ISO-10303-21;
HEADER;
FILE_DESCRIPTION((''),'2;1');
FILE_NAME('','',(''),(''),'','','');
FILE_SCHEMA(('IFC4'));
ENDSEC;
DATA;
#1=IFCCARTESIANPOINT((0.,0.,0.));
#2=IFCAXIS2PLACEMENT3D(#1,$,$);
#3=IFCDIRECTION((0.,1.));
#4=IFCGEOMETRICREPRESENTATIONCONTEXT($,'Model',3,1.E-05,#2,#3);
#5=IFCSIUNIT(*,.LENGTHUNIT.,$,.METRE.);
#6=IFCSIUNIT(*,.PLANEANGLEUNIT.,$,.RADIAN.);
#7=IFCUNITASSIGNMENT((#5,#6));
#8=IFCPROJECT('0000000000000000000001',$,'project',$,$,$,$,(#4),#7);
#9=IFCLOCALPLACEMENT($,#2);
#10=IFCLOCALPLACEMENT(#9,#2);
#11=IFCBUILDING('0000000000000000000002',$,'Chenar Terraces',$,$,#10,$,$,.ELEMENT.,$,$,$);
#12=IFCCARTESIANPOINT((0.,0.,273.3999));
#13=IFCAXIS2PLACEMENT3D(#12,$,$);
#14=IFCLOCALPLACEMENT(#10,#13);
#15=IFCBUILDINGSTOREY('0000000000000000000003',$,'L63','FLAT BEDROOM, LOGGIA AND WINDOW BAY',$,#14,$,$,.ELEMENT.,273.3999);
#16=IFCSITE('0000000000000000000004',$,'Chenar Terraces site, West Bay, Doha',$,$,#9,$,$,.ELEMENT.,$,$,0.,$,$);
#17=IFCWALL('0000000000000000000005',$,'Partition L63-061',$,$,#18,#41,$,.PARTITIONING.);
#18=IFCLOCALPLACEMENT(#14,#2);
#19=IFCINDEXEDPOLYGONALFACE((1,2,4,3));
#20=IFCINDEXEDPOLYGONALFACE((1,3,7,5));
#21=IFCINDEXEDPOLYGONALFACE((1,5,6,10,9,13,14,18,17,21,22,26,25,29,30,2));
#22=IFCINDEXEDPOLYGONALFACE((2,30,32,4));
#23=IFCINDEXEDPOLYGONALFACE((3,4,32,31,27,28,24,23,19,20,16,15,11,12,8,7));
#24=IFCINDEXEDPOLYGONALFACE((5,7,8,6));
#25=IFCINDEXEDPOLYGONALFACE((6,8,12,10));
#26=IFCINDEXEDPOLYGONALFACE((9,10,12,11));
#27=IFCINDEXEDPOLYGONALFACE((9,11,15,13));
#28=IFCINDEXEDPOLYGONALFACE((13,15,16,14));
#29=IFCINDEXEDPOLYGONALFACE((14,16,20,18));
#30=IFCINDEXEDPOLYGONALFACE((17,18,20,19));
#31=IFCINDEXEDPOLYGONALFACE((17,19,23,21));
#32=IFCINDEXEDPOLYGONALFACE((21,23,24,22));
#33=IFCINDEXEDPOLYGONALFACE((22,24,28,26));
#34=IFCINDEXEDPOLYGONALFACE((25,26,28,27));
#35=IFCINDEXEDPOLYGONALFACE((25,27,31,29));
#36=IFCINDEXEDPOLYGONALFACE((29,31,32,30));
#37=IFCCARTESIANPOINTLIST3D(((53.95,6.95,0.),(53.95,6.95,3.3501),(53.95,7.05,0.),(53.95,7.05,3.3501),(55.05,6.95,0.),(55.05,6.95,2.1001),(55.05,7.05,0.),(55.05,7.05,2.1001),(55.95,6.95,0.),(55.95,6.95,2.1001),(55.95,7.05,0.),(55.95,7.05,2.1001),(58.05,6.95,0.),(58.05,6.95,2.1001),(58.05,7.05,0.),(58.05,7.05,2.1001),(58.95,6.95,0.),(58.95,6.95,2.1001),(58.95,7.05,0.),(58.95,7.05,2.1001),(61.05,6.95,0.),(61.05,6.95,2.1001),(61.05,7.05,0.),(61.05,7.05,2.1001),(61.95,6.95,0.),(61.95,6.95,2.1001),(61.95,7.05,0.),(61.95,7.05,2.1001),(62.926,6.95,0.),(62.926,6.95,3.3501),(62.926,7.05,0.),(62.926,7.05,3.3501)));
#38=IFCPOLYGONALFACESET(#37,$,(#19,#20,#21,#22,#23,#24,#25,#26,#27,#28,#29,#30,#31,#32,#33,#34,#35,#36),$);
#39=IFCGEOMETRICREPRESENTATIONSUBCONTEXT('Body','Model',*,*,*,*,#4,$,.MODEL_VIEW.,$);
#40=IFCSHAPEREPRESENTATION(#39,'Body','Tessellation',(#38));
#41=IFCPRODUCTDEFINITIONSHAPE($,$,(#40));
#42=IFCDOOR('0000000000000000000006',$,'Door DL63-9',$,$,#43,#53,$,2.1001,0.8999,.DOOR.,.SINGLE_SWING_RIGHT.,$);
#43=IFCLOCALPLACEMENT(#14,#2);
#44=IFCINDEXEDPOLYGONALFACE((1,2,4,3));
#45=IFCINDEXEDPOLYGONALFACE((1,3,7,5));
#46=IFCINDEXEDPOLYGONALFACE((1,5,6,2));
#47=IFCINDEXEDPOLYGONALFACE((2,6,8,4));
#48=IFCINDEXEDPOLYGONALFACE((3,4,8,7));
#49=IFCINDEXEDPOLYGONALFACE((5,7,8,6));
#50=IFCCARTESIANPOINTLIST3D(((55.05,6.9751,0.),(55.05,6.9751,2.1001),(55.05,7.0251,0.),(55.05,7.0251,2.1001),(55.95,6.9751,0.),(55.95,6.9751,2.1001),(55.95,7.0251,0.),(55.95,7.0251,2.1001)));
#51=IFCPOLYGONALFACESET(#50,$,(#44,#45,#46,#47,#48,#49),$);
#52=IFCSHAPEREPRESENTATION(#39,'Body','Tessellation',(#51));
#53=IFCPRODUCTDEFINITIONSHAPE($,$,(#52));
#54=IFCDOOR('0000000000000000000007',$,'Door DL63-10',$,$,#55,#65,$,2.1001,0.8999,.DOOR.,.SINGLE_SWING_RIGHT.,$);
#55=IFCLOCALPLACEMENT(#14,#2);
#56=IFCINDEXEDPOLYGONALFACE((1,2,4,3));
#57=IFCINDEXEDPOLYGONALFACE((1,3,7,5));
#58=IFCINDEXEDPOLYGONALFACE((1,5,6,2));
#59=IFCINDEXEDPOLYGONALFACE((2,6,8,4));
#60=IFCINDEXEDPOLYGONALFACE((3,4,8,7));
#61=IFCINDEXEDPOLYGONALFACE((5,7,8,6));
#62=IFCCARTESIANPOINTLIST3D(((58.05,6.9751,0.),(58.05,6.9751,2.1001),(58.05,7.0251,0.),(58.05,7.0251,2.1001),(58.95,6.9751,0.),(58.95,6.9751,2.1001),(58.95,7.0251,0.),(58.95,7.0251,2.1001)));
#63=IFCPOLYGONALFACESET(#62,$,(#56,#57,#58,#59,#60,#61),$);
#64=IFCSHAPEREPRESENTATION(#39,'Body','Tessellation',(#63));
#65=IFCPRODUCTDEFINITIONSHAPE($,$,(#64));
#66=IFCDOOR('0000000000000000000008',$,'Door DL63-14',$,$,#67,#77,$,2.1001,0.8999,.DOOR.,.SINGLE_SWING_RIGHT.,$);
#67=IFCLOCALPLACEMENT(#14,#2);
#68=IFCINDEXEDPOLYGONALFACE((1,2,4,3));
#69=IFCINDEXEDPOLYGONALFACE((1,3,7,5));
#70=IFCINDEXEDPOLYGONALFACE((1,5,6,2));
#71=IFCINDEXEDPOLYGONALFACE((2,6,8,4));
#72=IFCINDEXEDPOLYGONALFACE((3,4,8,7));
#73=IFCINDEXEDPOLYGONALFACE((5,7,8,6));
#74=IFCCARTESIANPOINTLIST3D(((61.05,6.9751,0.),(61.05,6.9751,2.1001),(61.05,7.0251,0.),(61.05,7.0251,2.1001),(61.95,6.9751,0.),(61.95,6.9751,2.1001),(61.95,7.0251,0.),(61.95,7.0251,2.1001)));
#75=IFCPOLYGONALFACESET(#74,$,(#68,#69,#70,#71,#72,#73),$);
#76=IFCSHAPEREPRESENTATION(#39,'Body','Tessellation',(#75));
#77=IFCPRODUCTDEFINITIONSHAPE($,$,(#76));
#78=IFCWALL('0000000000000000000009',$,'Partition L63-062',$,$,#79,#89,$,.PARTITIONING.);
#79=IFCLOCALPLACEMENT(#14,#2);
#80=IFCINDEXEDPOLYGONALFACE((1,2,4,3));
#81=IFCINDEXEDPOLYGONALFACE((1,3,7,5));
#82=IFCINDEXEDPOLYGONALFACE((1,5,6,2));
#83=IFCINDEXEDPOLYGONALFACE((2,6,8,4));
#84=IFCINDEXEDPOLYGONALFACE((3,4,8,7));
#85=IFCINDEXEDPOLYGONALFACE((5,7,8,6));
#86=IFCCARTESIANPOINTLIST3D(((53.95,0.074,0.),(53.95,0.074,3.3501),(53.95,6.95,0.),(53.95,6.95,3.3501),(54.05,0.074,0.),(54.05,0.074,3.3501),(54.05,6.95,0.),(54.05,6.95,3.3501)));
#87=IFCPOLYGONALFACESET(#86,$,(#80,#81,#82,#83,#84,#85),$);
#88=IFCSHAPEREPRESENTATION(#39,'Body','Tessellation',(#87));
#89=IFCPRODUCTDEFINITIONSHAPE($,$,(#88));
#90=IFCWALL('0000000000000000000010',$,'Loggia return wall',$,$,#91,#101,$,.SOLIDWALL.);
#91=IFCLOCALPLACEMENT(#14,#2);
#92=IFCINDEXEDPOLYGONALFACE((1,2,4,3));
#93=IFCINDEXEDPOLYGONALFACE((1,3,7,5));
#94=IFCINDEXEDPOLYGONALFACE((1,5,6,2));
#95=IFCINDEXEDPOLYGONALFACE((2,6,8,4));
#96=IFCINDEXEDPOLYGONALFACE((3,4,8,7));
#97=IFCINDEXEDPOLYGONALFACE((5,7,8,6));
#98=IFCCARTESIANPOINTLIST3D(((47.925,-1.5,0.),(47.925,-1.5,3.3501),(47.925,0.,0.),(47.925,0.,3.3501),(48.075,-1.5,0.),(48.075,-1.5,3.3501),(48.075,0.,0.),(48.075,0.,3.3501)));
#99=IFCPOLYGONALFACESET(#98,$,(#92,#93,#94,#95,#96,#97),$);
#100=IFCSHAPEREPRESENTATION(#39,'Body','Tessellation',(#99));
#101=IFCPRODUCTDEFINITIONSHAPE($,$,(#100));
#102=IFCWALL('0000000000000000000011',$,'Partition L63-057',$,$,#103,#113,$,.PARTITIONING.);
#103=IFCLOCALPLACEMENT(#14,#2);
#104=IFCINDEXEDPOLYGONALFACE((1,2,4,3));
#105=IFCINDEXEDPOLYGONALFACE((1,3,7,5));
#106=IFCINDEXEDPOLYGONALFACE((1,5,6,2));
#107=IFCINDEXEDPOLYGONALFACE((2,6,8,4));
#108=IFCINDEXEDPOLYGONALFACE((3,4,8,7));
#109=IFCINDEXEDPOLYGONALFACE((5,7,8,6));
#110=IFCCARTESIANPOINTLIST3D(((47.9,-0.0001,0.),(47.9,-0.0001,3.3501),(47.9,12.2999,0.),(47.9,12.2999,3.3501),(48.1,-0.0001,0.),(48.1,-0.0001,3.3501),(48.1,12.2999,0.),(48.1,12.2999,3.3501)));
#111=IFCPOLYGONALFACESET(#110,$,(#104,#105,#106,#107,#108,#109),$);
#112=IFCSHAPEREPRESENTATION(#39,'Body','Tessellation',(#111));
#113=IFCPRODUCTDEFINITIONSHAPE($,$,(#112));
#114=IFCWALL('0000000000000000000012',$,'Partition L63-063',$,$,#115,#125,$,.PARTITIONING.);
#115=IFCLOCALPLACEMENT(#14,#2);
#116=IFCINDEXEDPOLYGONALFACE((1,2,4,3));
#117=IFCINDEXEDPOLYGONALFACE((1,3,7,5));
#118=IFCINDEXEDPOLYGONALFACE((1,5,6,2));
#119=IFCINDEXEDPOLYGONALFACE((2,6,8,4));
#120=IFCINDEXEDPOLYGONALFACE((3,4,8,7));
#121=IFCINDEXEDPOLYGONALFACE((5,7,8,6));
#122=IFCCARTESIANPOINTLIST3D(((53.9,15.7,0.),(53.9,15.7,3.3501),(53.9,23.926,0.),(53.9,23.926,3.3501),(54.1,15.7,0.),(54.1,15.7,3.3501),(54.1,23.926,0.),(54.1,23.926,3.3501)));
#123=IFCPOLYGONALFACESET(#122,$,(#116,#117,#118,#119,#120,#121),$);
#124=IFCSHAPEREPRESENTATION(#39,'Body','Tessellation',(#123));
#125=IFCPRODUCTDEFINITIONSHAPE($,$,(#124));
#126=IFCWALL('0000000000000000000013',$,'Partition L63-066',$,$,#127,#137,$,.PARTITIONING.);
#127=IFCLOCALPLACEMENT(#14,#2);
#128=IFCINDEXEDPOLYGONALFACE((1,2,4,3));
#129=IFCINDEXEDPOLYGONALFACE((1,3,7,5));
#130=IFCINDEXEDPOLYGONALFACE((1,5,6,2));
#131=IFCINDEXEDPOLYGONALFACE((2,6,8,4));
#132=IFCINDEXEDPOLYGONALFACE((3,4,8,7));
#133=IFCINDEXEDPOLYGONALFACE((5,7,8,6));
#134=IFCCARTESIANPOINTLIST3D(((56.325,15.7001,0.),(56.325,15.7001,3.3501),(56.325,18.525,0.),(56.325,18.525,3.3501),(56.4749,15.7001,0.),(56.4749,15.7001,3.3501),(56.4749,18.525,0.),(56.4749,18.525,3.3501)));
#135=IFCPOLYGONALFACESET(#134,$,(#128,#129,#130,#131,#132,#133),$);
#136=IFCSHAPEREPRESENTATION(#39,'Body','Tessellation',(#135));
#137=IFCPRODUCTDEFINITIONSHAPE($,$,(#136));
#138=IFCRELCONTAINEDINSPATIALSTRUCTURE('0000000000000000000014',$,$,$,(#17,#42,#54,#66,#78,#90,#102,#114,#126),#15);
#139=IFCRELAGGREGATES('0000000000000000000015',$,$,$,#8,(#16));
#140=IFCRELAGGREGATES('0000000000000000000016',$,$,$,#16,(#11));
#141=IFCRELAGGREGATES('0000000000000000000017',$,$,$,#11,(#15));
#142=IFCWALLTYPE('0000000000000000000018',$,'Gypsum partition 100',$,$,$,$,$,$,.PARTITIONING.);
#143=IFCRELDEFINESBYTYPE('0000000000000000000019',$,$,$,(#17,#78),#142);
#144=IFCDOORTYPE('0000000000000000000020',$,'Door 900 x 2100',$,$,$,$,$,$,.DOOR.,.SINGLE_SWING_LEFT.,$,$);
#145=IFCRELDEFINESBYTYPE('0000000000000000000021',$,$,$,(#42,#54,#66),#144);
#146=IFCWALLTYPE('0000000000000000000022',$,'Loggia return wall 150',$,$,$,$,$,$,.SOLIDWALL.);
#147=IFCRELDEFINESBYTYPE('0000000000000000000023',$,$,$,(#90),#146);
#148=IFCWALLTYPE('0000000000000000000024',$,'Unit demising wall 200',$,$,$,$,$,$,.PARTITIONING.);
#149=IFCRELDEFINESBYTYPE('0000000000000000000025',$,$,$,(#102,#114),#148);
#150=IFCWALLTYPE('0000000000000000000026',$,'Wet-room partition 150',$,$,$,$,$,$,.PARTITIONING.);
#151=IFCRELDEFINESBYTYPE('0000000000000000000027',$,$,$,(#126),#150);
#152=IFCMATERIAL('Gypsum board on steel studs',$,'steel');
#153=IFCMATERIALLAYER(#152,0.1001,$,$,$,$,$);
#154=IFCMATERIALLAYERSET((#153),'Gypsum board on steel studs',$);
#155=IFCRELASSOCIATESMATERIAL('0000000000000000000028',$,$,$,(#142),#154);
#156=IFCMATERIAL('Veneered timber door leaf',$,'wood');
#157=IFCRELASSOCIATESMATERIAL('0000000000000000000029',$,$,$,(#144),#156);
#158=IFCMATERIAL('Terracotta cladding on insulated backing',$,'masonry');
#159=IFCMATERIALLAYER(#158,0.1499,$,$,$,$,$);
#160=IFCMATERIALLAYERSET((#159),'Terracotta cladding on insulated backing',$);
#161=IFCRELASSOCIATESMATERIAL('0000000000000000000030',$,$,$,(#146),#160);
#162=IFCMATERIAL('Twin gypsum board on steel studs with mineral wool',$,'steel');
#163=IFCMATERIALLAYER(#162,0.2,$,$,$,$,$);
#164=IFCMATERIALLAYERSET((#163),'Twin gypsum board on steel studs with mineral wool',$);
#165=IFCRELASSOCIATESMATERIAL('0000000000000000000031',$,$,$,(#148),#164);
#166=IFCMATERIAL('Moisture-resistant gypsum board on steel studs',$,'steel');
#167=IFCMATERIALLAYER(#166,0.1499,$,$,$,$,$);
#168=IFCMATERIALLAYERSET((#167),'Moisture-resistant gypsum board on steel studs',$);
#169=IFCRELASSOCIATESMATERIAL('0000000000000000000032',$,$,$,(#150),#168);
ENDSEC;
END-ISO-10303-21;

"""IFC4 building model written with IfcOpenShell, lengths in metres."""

from ifc_helpers import new_model, si_unit, direction, frame, frame_2d, origin, place, context, subcontext, project, spatial, rectangle, extrude, material, layer, layer_set, type_object, element, fill, save


model = new_model("IFC4")

# Units and contexts
model_context = context("Model", 3, precision=1e-05, world=origin(), true_north=direction((0.0, 1.0)))
body_context = subcontext(model_context, "Body", "Model", "MODEL_VIEW")
ifc_project = project(units=[si_unit("LENGTHUNIT", "METRE"), si_unit("PLANEANGLEUNIT", "RADIAN")], contexts=[model_context])

# Site, building, storey
site_placement = place(None, origin())
site = spatial("IfcSite", under=ifc_project, at=site_placement, Name="Chenar Terraces site, West Bay, Doha", CompositionType="ELEMENT", RefElevation=0.0)
building_placement = place(site_placement, origin())
building = spatial("IfcBuilding", under=site, at=building_placement, Name="Chenar Terraces", CompositionType="ELEMENT")
storey_placement = place(building_placement, frame((0.0, 0.0, 273.3999)))
storey = spatial("IfcBuildingStorey", under=building, at=storey_placement, Name="L63", Description="FLAT BEDROOM, LOGGIA AND WINDOW BAY", CompositionType="ELEMENT", Elevation=273.3999)

# Shared definitions
ifc_material_1 = material(Name="Gypsum board on steel studs", Category="steel")
ifc_layer_1 = layer(ifc_material_1, 0.1001)
ifc_layer_set_1 = layer_set([ifc_layer_1], Name="Gypsum board on steel studs")
wall_type_1 = type_object("IfcWallType", Name="Gypsum partition 100", PredefinedType="PARTITIONING", material=ifc_layer_set_1)

# Shared definitions
ifc_material_2 = material(Name="Veneered timber door leaf", Category="wood")
door_type_1 = type_object("IfcDoorType", Name="Door 900 x 2100", OperationType="SINGLE_SWING_LEFT", PredefinedType="DOOR", material=ifc_material_2)

# Wall, openings, doors
wall_1_placement = place(storey_placement, frame((53.95, 7.0, 0.0), z_axis=(0.0, 0.0, 1.0), x_axis=(1.0, 0.0, 0.0)))
wall_1 = element("IfcWall", 1, at=wall_1_placement, inside=storey, type_object=wall_type_1, Name="Partition L63-061", PredefinedType="PARTITIONING", context=body_context, shape_type="SweptSolid", body=[
    extrude(rectangle(XDim=8.9761, YDim=0.1001, at=frame_2d((4.488, 0.0))), origin(), (0.0, 0.0, 1.0), 3.3501),
])
opening_1_placement = place(wall_1_placement, frame((1.1001, 0.0, 0.0)))
opening_1 = element("IfcOpeningElement", 2, at=opening_1_placement, cuts=wall_1, PredefinedType="OPENING", context=body_context, shape_type="SweptSolid", body=[
    extrude(rectangle(XDim=0.8999, YDim=2.1001, at=frame_2d((0.45, 1.05))), frame((0.0, 0.0601, 0.0), z_axis=(0.0, -1.0, 0.0), x_axis=(1.0, 0.0, 0.0)), (0.0, 0.0, 1.0), 0.1201),
])
opening_2_placement = place(wall_1_placement, frame((4.1001, 0.0, 0.0)))
opening_2 = element("IfcOpeningElement", 3, at=opening_2_placement, cuts=wall_1, PredefinedType="OPENING", context=body_context, shape_type="SweptSolid", body=[
    extrude(rectangle(XDim=0.8999, YDim=2.1001, at=frame_2d((0.45, 1.05))), frame((0.0, 0.0601, 0.0), z_axis=(0.0, -1.0, 0.0), x_axis=(1.0, 0.0, 0.0)), (0.0, 0.0, 1.0), 0.1201),
])
opening_3_placement = place(wall_1_placement, frame((7.1001, 0.0, 0.0)))
opening_3 = element("IfcOpeningElement", 4, at=opening_3_placement, cuts=wall_1, PredefinedType="OPENING", context=body_context, shape_type="SweptSolid", body=[
    extrude(rectangle(XDim=0.8999, YDim=2.1001, at=frame_2d((0.45, 1.05))), frame((0.0, 0.0601, 0.0), z_axis=(0.0, -1.0, 0.0), x_axis=(1.0, 0.0, 0.0)), (0.0, 0.0, 1.0), 0.1201),
])
door_1_placement = place(opening_1_placement, frame((0.8999, 0.0, 0.0), z_axis=(0.0, 0.0, 1.0), x_axis=(-1.0, 0.0, 0.0)))
door_1 = element("IfcDoor", 5, at=door_1_placement, inside=storey, type_object=door_type_1, Name="Door DL63-9", OperationType="SINGLE_SWING_RIGHT", OverallHeight=2.1001, OverallWidth=0.8999, PredefinedType="DOOR", context=body_context, shape_type="SweptSolid", body=[
    extrude(rectangle(XDim=0.8999, YDim=2.1001, at=frame_2d((0.45, 1.05))), frame((0.0, 0.0249, 0.0), z_axis=(0.0, -1.0, 0.0), x_axis=(1.0, 0.0, 0.0)), (0.0, 0.0, 1.0), 0.05),
])
fill(opening_1, door_1)
door_2_placement = place(opening_2_placement, frame((0.8999, 0.0, 0.0), z_axis=(0.0, 0.0, 1.0), x_axis=(-1.0, 0.0, 0.0)))
door_2 = element("IfcDoor", 6, at=door_2_placement, inside=storey, type_object=door_type_1, Name="Door DL63-10", OperationType="SINGLE_SWING_RIGHT", OverallHeight=2.1001, OverallWidth=0.8999, PredefinedType="DOOR", context=body_context, shape_type="SweptSolid", body=[
    extrude(rectangle(XDim=0.8999, YDim=2.1001, at=frame_2d((0.45, 1.05))), frame((0.0, 0.0249, 0.0), z_axis=(0.0, -1.0, 0.0), x_axis=(1.0, 0.0, 0.0)), (0.0, 0.0, 1.0), 0.05),
])
fill(opening_2, door_2)
door_3_placement = place(opening_3_placement, frame((0.8999, 0.0, 0.0), z_axis=(0.0, 0.0, 1.0), x_axis=(-1.0, 0.0, 0.0)))
door_3 = element("IfcDoor", 7, at=door_3_placement, inside=storey, type_object=door_type_1, Name="Door DL63-14", OperationType="SINGLE_SWING_RIGHT", OverallHeight=2.1001, OverallWidth=0.8999, PredefinedType="DOOR", context=body_context, shape_type="SweptSolid", body=[
    extrude(rectangle(XDim=0.8999, YDim=2.1001, at=frame_2d((0.45, 1.05))), frame((0.0, 0.0249, 0.0), z_axis=(0.0, -1.0, 0.0), x_axis=(1.0, 0.0, 0.0)), (0.0, 0.0, 1.0), 0.05),
])
fill(opening_3, door_3)

# Walls
wall_2_placement = place(storey_placement, frame((54.0, 0.074, 0.0), z_axis=(0.0, 0.0, 1.0), x_axis=(0.0, 1.0, 0.0)))
element("IfcWall", 8, at=wall_2_placement, inside=storey, type_object=wall_type_1, Name="Partition L63-062", PredefinedType="PARTITIONING", context=body_context, shape_type="SweptSolid", body=[
    extrude(rectangle(XDim=6.876, YDim=0.1001, at=frame_2d((3.438, 0.0))), origin(), (0.0, 0.0, 1.0), 3.3501),
])
ifc_material_3 = material(Name="Terracotta cladding on insulated backing", Category="masonry")
ifc_layer_2 = layer(ifc_material_3, 0.1499)
ifc_layer_set_2 = layer_set([ifc_layer_2], Name="Terracotta cladding on insulated backing")
wall_type_2 = type_object("IfcWallType", Name="Loggia return wall 150", PredefinedType="SOLIDWALL", material=ifc_layer_set_2)
wall_3_placement = place(storey_placement, frame((48.0, -1.5, 0.0), z_axis=(0.0, 0.0, 1.0), x_axis=(0.0, 1.0, 0.0)))
element("IfcWall", 9, at=wall_3_placement, inside=storey, type_object=wall_type_2, Name="Loggia return wall", PredefinedType="SOLIDWALL", context=body_context, shape_type="SweptSolid", body=[
    extrude(rectangle(XDim=1.5, YDim=0.1499, at=frame_2d((0.75, 0.0))), origin(), (0.0, 0.0, 1.0), 3.3501),
])
ifc_material_4 = material(Name="Twin gypsum board on steel studs with mineral wool", Category="steel")
ifc_layer_3 = layer(ifc_material_4, 0.2)
ifc_layer_set_3 = layer_set([ifc_layer_3], Name="Twin gypsum board on steel studs with mineral wool")
wall_type_3 = type_object("IfcWallType", Name="Unit demising wall 200", PredefinedType="PARTITIONING", material=ifc_layer_set_3)
wall_4_placement = place(storey_placement, frame((48.0, 0.0, 0.0), z_axis=(0.0, 0.0, 1.0), x_axis=(0.0, 1.0, 0.0)))
element("IfcWall", 10, at=wall_4_placement, inside=storey, type_object=wall_type_3, Name="Partition L63-057", PredefinedType="PARTITIONING", context=body_context, shape_type="SweptSolid", body=[
    extrude(rectangle(XDim=12.3, YDim=0.2, at=frame_2d((6.1499, 0.0))), origin(), (0.0, 0.0, 1.0), 3.3501),
])
wall_5_placement = place(storey_placement, frame((54.0, 15.7, 0.0), z_axis=(0.0, 0.0, 1.0), x_axis=(0.0, 1.0, 0.0)))
element("IfcWall", 11, at=wall_5_placement, inside=storey, type_object=wall_type_3, Name="Partition L63-063", PredefinedType="PARTITIONING", context=body_context, shape_type="SweptSolid", body=[
    extrude(rectangle(XDim=8.2261, YDim=0.2, at=frame_2d((4.113, 0.0))), origin(), (0.0, 0.0, 1.0), 3.3501),
])
ifc_material_5 = material(Name="Moisture-resistant gypsum board on steel studs", Category="steel")
ifc_layer_4 = layer(ifc_material_5, 0.1499)
ifc_layer_set_4 = layer_set([ifc_layer_4], Name="Moisture-resistant gypsum board on steel studs")
wall_type_4 = type_object("IfcWallType", Name="Wet-room partition 150", PredefinedType="PARTITIONING", material=ifc_layer_set_4)
wall_6_placement = place(storey_placement, frame((56.3999, 15.7, 0.0), z_axis=(0.0, 0.0, 1.0), x_axis=(0.0, 1.0, 0.0)))
element("IfcWall", 12, at=wall_6_placement, inside=storey, type_object=wall_type_4, Name="Partition L63-066", PredefinedType="PARTITIONING", context=body_context, shape_type="SweptSolid", body=[
    extrude(rectangle(XDim=2.825, YDim=0.1499, at=frame_2d((1.4126, 0.0))), origin(), (0.0, 0.0, 1.0), 3.3501),
])

save(model, "model.ifc")
